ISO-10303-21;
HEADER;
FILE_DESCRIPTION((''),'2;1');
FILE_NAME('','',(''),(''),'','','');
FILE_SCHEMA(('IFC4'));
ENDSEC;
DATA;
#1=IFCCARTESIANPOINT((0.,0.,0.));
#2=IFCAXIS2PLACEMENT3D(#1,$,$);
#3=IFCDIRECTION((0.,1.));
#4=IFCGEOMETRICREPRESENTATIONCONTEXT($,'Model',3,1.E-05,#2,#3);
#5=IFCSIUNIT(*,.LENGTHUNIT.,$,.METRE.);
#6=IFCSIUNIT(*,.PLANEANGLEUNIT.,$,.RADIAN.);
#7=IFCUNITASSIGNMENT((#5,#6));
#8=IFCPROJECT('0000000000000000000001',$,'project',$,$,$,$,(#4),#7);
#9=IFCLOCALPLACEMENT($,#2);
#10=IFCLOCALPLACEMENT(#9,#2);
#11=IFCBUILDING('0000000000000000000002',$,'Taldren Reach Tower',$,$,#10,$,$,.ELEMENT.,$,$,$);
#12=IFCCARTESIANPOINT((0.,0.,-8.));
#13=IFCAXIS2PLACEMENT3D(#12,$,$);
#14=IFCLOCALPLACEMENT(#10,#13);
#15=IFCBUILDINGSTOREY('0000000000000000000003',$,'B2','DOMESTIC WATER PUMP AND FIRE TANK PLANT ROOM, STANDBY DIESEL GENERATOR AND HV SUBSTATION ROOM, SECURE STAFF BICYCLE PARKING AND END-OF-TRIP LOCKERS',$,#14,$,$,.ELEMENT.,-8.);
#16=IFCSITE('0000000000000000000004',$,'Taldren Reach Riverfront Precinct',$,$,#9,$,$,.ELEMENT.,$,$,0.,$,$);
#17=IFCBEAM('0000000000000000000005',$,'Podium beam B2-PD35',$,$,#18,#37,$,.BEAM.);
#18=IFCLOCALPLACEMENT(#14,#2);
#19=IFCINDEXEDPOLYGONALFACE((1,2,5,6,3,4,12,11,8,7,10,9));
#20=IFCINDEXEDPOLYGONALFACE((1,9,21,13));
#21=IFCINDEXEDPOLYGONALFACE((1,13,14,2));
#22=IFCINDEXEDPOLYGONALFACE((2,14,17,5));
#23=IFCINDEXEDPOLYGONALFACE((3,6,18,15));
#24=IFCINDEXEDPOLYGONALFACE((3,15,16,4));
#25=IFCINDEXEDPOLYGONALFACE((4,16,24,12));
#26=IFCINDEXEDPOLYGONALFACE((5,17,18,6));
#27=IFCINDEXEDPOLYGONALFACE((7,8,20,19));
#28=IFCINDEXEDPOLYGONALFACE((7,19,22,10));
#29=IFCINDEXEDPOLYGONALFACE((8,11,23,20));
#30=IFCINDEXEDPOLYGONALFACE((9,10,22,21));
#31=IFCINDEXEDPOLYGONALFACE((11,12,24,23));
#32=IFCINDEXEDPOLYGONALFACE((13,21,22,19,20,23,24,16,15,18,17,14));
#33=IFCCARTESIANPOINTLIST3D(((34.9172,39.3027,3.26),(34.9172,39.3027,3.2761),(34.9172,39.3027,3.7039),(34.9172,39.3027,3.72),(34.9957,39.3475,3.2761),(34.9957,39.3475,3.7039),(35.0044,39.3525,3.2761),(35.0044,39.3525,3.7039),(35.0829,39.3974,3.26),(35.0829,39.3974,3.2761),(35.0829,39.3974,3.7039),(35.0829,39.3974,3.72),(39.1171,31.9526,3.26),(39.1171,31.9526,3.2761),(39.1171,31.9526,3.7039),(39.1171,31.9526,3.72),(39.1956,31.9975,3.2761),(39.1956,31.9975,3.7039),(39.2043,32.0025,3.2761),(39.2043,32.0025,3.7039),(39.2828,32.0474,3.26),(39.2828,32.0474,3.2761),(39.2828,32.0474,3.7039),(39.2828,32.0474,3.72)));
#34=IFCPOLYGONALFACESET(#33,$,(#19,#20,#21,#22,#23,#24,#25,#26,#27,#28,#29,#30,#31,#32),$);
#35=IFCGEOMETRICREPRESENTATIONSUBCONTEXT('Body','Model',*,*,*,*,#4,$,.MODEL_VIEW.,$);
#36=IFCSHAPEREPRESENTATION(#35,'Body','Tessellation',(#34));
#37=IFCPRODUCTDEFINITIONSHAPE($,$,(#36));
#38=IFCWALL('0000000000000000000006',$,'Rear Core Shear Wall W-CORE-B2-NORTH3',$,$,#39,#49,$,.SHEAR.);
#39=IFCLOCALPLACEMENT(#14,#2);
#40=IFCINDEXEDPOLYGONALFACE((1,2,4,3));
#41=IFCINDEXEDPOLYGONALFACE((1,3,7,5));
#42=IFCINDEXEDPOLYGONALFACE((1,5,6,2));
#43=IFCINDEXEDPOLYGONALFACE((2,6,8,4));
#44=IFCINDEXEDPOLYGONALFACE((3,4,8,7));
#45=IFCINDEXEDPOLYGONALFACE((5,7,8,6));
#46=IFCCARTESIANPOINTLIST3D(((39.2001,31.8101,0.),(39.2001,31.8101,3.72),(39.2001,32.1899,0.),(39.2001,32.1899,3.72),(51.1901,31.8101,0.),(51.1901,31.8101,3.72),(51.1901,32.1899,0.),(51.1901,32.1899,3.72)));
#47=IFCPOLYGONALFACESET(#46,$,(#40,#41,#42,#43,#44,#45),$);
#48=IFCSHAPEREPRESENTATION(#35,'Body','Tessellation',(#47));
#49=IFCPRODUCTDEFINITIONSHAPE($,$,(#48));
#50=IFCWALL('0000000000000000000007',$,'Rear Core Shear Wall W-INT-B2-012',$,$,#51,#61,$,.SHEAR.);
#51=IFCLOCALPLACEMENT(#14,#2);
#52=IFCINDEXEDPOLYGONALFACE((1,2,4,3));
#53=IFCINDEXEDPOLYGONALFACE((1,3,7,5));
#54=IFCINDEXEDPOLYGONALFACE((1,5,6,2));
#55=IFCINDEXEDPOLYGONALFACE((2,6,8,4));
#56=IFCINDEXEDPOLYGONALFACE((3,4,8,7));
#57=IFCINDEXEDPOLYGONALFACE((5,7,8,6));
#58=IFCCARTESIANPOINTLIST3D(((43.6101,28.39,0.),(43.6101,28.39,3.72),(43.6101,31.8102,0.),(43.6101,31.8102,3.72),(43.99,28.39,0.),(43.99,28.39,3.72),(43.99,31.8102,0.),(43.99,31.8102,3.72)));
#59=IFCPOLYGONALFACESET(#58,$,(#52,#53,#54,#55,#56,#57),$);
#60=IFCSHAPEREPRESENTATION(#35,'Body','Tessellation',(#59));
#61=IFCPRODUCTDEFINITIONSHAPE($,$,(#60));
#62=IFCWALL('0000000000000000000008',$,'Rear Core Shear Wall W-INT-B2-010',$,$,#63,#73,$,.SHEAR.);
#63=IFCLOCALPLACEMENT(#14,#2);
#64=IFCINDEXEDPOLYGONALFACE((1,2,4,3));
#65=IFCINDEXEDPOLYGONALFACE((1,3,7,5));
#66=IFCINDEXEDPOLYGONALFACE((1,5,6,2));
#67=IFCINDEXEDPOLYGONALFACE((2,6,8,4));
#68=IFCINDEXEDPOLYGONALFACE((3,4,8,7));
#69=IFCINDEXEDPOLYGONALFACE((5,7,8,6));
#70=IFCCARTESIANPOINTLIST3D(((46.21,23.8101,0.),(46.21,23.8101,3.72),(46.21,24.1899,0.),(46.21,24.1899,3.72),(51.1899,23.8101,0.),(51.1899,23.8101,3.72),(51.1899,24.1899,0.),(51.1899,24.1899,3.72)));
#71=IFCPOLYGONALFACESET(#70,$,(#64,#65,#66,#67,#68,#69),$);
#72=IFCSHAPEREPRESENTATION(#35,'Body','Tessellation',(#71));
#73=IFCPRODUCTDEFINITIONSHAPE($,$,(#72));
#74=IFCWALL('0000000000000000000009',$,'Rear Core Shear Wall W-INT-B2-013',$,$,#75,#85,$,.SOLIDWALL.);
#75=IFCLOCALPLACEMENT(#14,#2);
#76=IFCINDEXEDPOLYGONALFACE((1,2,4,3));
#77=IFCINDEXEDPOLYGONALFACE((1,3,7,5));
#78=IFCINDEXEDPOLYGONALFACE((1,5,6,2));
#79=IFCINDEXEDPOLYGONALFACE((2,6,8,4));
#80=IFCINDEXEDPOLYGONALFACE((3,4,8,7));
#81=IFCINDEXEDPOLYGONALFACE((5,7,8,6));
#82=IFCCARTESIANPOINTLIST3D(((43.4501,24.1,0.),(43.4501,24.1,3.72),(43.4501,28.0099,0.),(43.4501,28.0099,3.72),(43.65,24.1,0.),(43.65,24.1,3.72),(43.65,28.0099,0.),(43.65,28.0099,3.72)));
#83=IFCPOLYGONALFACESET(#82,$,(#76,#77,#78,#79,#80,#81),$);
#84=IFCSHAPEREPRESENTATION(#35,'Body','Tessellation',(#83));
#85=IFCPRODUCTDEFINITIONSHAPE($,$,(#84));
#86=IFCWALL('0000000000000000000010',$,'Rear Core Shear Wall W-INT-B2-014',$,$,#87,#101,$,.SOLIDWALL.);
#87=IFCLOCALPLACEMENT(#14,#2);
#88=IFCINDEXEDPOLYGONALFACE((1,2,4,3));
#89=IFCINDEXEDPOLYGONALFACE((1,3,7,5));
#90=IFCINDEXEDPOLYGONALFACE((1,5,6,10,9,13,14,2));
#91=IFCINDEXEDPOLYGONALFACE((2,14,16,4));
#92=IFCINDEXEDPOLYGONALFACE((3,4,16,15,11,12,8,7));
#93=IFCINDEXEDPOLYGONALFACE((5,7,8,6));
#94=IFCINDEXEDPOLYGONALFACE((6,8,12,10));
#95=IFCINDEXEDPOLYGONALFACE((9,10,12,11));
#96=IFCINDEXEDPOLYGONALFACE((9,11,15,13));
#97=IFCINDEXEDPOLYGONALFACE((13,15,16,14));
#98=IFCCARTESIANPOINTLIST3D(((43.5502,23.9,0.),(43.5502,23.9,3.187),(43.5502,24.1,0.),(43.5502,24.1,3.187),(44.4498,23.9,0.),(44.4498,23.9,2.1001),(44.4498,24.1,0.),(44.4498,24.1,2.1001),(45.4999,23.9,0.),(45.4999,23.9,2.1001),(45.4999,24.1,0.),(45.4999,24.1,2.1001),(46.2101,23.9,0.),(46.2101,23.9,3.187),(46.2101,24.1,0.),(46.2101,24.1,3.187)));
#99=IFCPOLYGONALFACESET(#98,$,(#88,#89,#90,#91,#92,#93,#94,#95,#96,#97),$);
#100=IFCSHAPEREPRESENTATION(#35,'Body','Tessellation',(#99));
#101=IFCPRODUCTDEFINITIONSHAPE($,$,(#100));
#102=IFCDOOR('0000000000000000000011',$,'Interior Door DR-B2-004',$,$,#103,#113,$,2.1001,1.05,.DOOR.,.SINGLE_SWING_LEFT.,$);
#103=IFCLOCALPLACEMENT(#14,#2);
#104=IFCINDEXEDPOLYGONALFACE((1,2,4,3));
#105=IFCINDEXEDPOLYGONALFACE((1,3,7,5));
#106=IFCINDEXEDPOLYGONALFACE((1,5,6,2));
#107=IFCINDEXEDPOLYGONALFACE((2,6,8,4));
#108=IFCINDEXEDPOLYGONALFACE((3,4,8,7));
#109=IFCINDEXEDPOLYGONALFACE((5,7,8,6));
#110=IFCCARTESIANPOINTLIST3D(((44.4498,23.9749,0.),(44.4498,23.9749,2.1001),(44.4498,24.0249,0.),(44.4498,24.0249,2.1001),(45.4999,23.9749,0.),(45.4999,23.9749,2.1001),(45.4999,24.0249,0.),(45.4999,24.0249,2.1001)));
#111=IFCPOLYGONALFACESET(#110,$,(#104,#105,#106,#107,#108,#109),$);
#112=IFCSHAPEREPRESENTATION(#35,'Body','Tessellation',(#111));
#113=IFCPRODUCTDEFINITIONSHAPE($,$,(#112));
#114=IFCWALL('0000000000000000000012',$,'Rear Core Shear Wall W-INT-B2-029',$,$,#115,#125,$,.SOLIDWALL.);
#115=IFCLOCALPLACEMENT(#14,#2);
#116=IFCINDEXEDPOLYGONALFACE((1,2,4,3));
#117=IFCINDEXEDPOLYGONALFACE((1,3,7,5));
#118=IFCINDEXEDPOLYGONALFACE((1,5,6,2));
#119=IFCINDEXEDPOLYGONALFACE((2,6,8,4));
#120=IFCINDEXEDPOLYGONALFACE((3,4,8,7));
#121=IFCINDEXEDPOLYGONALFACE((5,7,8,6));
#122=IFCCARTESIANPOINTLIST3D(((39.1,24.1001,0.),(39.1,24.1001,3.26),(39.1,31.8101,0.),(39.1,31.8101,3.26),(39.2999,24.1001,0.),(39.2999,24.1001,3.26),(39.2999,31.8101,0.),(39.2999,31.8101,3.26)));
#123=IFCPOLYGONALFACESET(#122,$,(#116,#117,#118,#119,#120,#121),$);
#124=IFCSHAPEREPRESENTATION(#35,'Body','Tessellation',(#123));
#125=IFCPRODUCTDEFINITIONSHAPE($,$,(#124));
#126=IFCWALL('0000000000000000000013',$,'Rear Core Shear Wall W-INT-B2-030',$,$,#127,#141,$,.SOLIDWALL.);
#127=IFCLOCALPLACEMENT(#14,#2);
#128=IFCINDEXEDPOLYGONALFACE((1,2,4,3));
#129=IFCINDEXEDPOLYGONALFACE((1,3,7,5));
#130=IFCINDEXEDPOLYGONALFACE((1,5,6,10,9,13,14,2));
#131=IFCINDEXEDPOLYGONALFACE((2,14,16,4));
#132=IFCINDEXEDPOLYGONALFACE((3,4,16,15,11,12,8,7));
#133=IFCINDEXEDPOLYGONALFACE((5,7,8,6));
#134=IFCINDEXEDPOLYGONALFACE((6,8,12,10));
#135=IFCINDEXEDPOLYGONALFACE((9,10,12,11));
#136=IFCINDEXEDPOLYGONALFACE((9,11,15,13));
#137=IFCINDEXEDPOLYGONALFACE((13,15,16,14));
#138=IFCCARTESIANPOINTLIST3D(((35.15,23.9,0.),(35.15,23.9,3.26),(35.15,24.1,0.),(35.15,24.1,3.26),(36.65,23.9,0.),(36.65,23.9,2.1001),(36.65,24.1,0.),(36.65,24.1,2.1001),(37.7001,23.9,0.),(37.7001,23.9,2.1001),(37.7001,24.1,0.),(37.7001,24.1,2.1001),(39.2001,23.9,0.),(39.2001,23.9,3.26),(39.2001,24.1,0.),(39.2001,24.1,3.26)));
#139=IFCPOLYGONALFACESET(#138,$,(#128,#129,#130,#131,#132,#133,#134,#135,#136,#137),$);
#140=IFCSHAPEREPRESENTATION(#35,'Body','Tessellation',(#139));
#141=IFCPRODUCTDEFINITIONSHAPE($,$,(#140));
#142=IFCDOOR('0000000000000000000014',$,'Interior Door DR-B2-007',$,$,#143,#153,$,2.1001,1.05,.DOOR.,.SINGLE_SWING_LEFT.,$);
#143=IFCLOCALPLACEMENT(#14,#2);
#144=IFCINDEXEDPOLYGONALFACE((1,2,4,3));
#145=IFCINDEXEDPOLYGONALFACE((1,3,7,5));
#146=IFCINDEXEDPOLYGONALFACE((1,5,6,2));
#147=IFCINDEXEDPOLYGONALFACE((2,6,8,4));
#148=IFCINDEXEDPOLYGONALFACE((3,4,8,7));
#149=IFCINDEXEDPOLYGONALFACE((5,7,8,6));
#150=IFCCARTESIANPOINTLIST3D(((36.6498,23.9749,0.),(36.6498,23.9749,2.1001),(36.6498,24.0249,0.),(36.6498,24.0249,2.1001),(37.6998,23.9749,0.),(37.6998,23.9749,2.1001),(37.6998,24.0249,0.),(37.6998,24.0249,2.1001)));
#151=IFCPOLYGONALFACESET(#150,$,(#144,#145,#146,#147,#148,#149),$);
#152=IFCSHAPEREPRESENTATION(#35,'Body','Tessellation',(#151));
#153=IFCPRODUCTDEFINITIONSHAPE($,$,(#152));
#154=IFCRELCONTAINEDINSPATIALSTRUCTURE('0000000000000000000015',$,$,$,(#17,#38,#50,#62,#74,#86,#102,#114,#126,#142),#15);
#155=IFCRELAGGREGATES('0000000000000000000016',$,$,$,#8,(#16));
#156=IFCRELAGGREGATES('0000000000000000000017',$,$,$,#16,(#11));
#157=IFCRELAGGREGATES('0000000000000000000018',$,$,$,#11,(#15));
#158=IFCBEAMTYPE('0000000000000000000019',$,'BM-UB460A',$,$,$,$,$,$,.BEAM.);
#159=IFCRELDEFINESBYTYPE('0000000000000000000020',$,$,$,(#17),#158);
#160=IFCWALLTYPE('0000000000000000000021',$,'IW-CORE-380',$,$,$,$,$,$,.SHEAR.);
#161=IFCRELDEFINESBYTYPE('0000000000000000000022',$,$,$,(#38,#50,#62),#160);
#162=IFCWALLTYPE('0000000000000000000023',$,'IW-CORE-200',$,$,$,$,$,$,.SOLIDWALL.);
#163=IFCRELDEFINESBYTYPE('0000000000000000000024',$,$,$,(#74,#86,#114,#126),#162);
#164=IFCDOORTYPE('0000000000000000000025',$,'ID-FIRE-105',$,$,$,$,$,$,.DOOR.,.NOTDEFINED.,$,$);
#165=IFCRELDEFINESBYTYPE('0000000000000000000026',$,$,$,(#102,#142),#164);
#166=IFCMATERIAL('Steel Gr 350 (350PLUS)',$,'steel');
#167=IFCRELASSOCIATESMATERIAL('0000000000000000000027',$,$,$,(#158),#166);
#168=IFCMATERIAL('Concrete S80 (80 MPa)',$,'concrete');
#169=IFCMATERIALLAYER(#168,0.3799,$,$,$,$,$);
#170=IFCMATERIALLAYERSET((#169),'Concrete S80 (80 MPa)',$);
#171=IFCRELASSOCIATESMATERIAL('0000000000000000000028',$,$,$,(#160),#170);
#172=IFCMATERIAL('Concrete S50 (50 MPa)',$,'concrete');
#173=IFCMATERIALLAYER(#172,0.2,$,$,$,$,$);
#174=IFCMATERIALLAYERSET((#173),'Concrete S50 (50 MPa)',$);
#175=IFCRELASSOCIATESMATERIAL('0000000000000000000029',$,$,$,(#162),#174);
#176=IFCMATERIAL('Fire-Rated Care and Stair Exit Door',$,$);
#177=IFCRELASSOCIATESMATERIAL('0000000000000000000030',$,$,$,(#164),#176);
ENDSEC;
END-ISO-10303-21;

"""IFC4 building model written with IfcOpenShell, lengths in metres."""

from ifc_helpers import new_model, si_unit, direction, frame, frame_2d, origin, origin_2d, place, context, subcontext, project, spatial, rectangle, i_section, extrude, source, transform, mapped, material, layer, layer_set, material_profile, profile_set, type_object, element, fill, save


model = new_model("IFC4")

# Units and contexts
model_context = context("Model", 3, precision=1e-05, world=origin(), true_north=direction((0.0, 1.0)))
body_context = subcontext(model_context, "Body", "Model", "MODEL_VIEW")
ifc_project = project(units=[si_unit("LENGTHUNIT", "METRE"), si_unit("PLANEANGLEUNIT", "RADIAN")], contexts=[model_context])

# Site, building, storey
site_placement = place(None, origin())
site = spatial("IfcSite", under=ifc_project, at=site_placement, Name="Taldren Reach Riverfront Precinct", CompositionType="ELEMENT", RefElevation=0.0)
building_placement = place(site_placement, origin())
building = spatial("IfcBuilding", under=site, at=building_placement, Name="Taldren Reach Tower", CompositionType="ELEMENT")
storey_placement = place(building_placement, frame((0.0, 0.0, -8.0)))
storey = spatial("IfcBuildingStorey", under=building, at=storey_placement, Name="B2", Description="DOMESTIC WATER PUMP AND FIRE TANK PLANT ROOM, STANDBY DIESEL GENERATOR AND HV SUBSTATION ROOM, SECURE STAFF BICYCLE PARKING AND END-OF-TRIP LOCKERS", CompositionType="ELEMENT", Elevation=-8.0)

# Beam
ifc_material_1 = material(Name="Concrete S80 (80 MPa)", Category="concrete")
ifc_material_2 = material(Name="Steel Gr 350 (350PLUS)", Category="steel")
ifc_material_profile_1 = material_profile(ifc_material_2, i_section(OverallWidth=0.1909, OverallDepth=0.46, WebThickness=0.01, FlangeThickness=0.0161, at=origin_2d()), Name="460UB82.1")
ifc_profile_set_1 = profile_set([ifc_material_profile_1], Name="Steel Gr 350 (350PLUS)")
beam_type_1 = type_object("IfcBeamType", Name="BM-UB460A", PredefinedType="BEAM", material=ifc_profile_set_1)
shared_shape_1 = source(origin(), body_context, "Body", "SweptSolid", [
    extrude(i_section(OverallWidth=0.1909, OverallDepth=0.46, WebThickness=0.01, FlangeThickness=0.0161, at=origin_2d()), origin(), (0.0, 0.0, 1.0), 8.4653),
])
beam_1_placement = place(storey_placement, frame((39.2, 32.0, 3.49), z_axis=(-0.49613, 0.868248, 0.0), x_axis=(-0.868248, -0.49613, 0.0)))
element("IfcBeam", 1, at=beam_1_placement, inside=storey, type_object=beam_type_1, Name="Podium beam B2-PD35", PredefinedType="BEAM", context=body_context, shape_type="MappedRepresentation", body=[
    mapped(shared_shape_1, transform((0.0, 0.0, 0.0), scale=1.0)),
])

# Walls
ifc_layer_1 = layer(ifc_material_1, 0.3799)
ifc_layer_set_1 = layer_set([ifc_layer_1], Name="Concrete S80 (80 MPa)")
wall_type_1 = type_object("IfcWallType", Name="IW-CORE-380", PredefinedType="SHEAR", material=ifc_layer_set_1)
shared_shape_2 = source(origin(), body_context, "Body", "SweptSolid", [
    extrude(rectangle(XDim=11.99, YDim=0.3799, at=frame_2d((5.9951, 0.0))), origin(), (0.0, 0.0, 1.0), 3.72),
])
wall_1_placement = place(storey_placement, frame((39.2, 32.0, 0.0), z_axis=(0.0, 0.0, 1.0), x_axis=(1.0, 0.0, 0.0)))
element("IfcWall", 2, at=wall_1_placement, inside=storey, type_object=wall_type_1, Name="Rear Core Shear Wall W-CORE-B2-NORTH3", PredefinedType="SHEAR", context=body_context, shape_type="MappedRepresentation", body=[
    mapped(shared_shape_2, transform((0.0, 0.0, 0.0), scale=1.0)),
])
shared_shape_3 = source(origin(), body_context, "Body", "SweptSolid", [
    extrude(rectangle(XDim=3.4202, YDim=0.3799, at=frame_2d((1.71, 0.0))), origin(), (0.0, 0.0, 1.0), 3.72),
])
wall_2_placement = place(storey_placement, frame((43.8, 31.8101, 0.0), z_axis=(0.0, 0.0, 1.0), x_axis=(0.0, -1.0, 0.0)))
element("IfcWall", 3, at=wall_2_placement, inside=storey, type_object=wall_type_1, Name="Rear Core Shear Wall W-INT-B2-012", PredefinedType="SHEAR", context=body_context, shape_type="MappedRepresentation", body=[
    mapped(shared_shape_3, transform((0.0, 0.0, 0.0), scale=1.0)),
])
shared_shape_4 = source(origin(), body_context, "Body", "SweptSolid", [
    extrude(rectangle(XDim=4.98, YDim=0.3799, at=frame_2d((2.49, 0.0))), origin(), (0.0, 0.0, 1.0), 3.72),
])
wall_3_placement = place(storey_placement, frame((46.21, 24.0, 0.0), z_axis=(0.0, 0.0, 1.0), x_axis=(1.0, 0.0, 0.0)))
element("IfcWall", 4, at=wall_3_placement, inside=storey, type_object=wall_type_1, Name="Rear Core Shear Wall W-INT-B2-010", PredefinedType="SHEAR", context=body_context, shape_type="MappedRepresentation", body=[
    mapped(shared_shape_4, transform((0.0, 0.0, 0.0), scale=1.0)),
])

# Wall
ifc_material_3 = material(Name="Concrete S50 (50 MPa)", Category="concrete")
ifc_layer_2 = layer(ifc_material_3, 0.2)
ifc_layer_set_2 = layer_set([ifc_layer_2], Name="Concrete S50 (50 MPa)")
wall_type_2 = type_object("IfcWallType", Name="IW-CORE-200", PredefinedType="SOLIDWALL", material=ifc_layer_set_2)
shared_shape_5 = source(origin(), body_context, "Body", "SweptSolid", [
    extrude(rectangle(XDim=3.9099, YDim=0.2, at=frame_2d((1.9551, 0.0))), origin(), (0.0, 0.0, 1.0), 3.72),
])
wall_4_placement = place(storey_placement, frame((43.55, 28.01, 0.0), z_axis=(0.0, 0.0, 1.0), x_axis=(0.0, -1.0, 0.0)))
element("IfcWall", 5, at=wall_4_placement, inside=storey, type_object=wall_type_2, Name="Rear Core Shear Wall W-INT-B2-013", PredefinedType="SOLIDWALL", context=body_context, shape_type="MappedRepresentation", body=[
    mapped(shared_shape_5, transform((0.0, 0.0, 0.0), scale=1.0)),
])

# Wall, opening, door
shared_shape_6 = source(origin(), body_context, "Body", "SweptSolid", [
    extrude(rectangle(XDim=2.6599, YDim=0.2, at=frame_2d((1.3301, 0.0))), origin(), (0.0, 0.0, 1.0), 3.187),
])
wall_5_placement = place(storey_placement, frame((43.55, 24.0, 0.0), z_axis=(0.0, 0.0, 1.0), x_axis=(1.0, 0.0, 0.0)))
wall_5 = element("IfcWall", 6, at=wall_5_placement, inside=storey, type_object=wall_type_2, Name="Rear Core Shear Wall W-INT-B2-014", PredefinedType="SOLIDWALL", context=body_context, shape_type="MappedRepresentation", body=[
    mapped(shared_shape_6, transform((0.0, 0.0, 0.0), scale=1.0)),
])
shared_shape_7 = source(origin(), body_context, "Body", "SweptSolid", [
    extrude(rectangle(XDim=1.05, YDim=2.1001, at=frame_2d((0.5249, 1.05))), frame((0.0, 0.1099, 0.0), z_axis=(0.0, -1.0, 0.0), x_axis=(1.0, 0.0, 0.0)), (0.0, 0.0, 1.0), 0.22),
])
opening_1_placement = place(wall_5_placement, frame((0.8999, 0.0, 0.0)))
opening_1 = element("IfcOpeningElement", 7, at=opening_1_placement, cuts=wall_5, PredefinedType="OPENING", context=body_context, shape_type="MappedRepresentation", body=[
    mapped(shared_shape_7, transform((0.0, 0.0, 0.0), scale=1.0)),
])
ifc_material_4 = material(Name="Fire-Rated Care and Stair Exit Door")
door_type_1 = type_object("IfcDoorType", Name="ID-FIRE-105", OperationType="NOTDEFINED", PredefinedType="DOOR", material=ifc_material_4)
shared_shape_8 = source(origin(), body_context, "Body", "SweptSolid", [
    extrude(rectangle(XDim=1.05, YDim=2.1001, at=frame_2d((0.5249, 1.05))), frame((0.0, 0.0249, 0.0), z_axis=(0.0, -1.0, 0.0), x_axis=(1.0, 0.0, 0.0)), (0.0, 0.0, 1.0), 0.05),
])
door_1_placement = place(opening_1_placement, origin())
door_1 = element("IfcDoor", 8, at=door_1_placement, inside=storey, type_object=door_type_1, Name="Interior Door DR-B2-004", OperationType="SINGLE_SWING_LEFT", OverallHeight=2.1001, OverallWidth=1.05, PredefinedType="DOOR", context=body_context, shape_type="MappedRepresentation", body=[
    mapped(shared_shape_8, transform((0.0, 0.0, 0.0), scale=1.0)),
])
fill(opening_1, door_1)

# Wall
shared_shape_9 = source(origin(), body_context, "Body", "SweptSolid", [
    extrude(rectangle(XDim=7.71, YDim=0.2, at=frame_2d((3.855, 0.0))), origin(), (0.0, 0.0, 1.0), 3.26),
])
wall_6_placement = place(storey_placement, frame((39.2, 31.8101, 0.0), z_axis=(0.0, 0.0, 1.0), x_axis=(0.0, -1.0, 0.0)))
element("IfcWall", 9, at=wall_6_placement, inside=storey, type_object=wall_type_2, Name="Rear Core Shear Wall W-INT-B2-029", PredefinedType="SOLIDWALL", context=body_context, shape_type="MappedRepresentation", body=[
    mapped(shared_shape_9, transform((0.0, 0.0, 0.0), scale=1.0)),
])

# Wall, opening, door
shared_shape_10 = source(origin(), body_context, "Body", "SweptSolid", [
    extrude(rectangle(XDim=4.05, YDim=0.2, at=frame_2d((2.0249, 0.0))), origin(), (0.0, 0.0, 1.0), 3.26),
])
wall_7_placement = place(storey_placement, frame((39.2, 24.0, 0.0), z_axis=(0.0, 0.0, 1.0), x_axis=(-1.0, 0.0, 0.0)))
wall_7 = element("IfcWall", 10, at=wall_7_placement, inside=storey, type_object=wall_type_2, Name="Rear Core Shear Wall W-INT-B2-030", PredefinedType="SOLIDWALL", context=body_context, shape_type="MappedRepresentation", body=[
    mapped(shared_shape_10, transform((0.0, 0.0, 0.0), scale=1.0)),
])
opening_2_placement = place(wall_7_placement, frame((1.5, 0.0, 0.0)))
opening_2 = element("IfcOpeningElement", 11, at=opening_2_placement, cuts=wall_7, PredefinedType="OPENING", context=body_context, shape_type="MappedRepresentation", body=[
    mapped(shared_shape_7, transform((0.0, 0.0, 0.0), scale=1.0)),
])
door_2_placement = place(opening_2_placement, frame((1.05, 0.0, 0.0), z_axis=(0.0, 0.0, 1.0), x_axis=(-1.0, 0.0, 0.0)))
door_2 = element("IfcDoor", 12, at=door_2_placement, inside=storey, type_object=door_type_1, Name="Interior Door DR-B2-007", OperationType="SINGLE_SWING_LEFT", OverallHeight=2.1001, OverallWidth=1.05, PredefinedType="DOOR", context=body_context, shape_type="MappedRepresentation", body=[
    mapped(shared_shape_8, transform((0.0, 0.0, 0.0), scale=1.0)),
])
fill(opening_2, door_2)

save(model, "model.ifc")
